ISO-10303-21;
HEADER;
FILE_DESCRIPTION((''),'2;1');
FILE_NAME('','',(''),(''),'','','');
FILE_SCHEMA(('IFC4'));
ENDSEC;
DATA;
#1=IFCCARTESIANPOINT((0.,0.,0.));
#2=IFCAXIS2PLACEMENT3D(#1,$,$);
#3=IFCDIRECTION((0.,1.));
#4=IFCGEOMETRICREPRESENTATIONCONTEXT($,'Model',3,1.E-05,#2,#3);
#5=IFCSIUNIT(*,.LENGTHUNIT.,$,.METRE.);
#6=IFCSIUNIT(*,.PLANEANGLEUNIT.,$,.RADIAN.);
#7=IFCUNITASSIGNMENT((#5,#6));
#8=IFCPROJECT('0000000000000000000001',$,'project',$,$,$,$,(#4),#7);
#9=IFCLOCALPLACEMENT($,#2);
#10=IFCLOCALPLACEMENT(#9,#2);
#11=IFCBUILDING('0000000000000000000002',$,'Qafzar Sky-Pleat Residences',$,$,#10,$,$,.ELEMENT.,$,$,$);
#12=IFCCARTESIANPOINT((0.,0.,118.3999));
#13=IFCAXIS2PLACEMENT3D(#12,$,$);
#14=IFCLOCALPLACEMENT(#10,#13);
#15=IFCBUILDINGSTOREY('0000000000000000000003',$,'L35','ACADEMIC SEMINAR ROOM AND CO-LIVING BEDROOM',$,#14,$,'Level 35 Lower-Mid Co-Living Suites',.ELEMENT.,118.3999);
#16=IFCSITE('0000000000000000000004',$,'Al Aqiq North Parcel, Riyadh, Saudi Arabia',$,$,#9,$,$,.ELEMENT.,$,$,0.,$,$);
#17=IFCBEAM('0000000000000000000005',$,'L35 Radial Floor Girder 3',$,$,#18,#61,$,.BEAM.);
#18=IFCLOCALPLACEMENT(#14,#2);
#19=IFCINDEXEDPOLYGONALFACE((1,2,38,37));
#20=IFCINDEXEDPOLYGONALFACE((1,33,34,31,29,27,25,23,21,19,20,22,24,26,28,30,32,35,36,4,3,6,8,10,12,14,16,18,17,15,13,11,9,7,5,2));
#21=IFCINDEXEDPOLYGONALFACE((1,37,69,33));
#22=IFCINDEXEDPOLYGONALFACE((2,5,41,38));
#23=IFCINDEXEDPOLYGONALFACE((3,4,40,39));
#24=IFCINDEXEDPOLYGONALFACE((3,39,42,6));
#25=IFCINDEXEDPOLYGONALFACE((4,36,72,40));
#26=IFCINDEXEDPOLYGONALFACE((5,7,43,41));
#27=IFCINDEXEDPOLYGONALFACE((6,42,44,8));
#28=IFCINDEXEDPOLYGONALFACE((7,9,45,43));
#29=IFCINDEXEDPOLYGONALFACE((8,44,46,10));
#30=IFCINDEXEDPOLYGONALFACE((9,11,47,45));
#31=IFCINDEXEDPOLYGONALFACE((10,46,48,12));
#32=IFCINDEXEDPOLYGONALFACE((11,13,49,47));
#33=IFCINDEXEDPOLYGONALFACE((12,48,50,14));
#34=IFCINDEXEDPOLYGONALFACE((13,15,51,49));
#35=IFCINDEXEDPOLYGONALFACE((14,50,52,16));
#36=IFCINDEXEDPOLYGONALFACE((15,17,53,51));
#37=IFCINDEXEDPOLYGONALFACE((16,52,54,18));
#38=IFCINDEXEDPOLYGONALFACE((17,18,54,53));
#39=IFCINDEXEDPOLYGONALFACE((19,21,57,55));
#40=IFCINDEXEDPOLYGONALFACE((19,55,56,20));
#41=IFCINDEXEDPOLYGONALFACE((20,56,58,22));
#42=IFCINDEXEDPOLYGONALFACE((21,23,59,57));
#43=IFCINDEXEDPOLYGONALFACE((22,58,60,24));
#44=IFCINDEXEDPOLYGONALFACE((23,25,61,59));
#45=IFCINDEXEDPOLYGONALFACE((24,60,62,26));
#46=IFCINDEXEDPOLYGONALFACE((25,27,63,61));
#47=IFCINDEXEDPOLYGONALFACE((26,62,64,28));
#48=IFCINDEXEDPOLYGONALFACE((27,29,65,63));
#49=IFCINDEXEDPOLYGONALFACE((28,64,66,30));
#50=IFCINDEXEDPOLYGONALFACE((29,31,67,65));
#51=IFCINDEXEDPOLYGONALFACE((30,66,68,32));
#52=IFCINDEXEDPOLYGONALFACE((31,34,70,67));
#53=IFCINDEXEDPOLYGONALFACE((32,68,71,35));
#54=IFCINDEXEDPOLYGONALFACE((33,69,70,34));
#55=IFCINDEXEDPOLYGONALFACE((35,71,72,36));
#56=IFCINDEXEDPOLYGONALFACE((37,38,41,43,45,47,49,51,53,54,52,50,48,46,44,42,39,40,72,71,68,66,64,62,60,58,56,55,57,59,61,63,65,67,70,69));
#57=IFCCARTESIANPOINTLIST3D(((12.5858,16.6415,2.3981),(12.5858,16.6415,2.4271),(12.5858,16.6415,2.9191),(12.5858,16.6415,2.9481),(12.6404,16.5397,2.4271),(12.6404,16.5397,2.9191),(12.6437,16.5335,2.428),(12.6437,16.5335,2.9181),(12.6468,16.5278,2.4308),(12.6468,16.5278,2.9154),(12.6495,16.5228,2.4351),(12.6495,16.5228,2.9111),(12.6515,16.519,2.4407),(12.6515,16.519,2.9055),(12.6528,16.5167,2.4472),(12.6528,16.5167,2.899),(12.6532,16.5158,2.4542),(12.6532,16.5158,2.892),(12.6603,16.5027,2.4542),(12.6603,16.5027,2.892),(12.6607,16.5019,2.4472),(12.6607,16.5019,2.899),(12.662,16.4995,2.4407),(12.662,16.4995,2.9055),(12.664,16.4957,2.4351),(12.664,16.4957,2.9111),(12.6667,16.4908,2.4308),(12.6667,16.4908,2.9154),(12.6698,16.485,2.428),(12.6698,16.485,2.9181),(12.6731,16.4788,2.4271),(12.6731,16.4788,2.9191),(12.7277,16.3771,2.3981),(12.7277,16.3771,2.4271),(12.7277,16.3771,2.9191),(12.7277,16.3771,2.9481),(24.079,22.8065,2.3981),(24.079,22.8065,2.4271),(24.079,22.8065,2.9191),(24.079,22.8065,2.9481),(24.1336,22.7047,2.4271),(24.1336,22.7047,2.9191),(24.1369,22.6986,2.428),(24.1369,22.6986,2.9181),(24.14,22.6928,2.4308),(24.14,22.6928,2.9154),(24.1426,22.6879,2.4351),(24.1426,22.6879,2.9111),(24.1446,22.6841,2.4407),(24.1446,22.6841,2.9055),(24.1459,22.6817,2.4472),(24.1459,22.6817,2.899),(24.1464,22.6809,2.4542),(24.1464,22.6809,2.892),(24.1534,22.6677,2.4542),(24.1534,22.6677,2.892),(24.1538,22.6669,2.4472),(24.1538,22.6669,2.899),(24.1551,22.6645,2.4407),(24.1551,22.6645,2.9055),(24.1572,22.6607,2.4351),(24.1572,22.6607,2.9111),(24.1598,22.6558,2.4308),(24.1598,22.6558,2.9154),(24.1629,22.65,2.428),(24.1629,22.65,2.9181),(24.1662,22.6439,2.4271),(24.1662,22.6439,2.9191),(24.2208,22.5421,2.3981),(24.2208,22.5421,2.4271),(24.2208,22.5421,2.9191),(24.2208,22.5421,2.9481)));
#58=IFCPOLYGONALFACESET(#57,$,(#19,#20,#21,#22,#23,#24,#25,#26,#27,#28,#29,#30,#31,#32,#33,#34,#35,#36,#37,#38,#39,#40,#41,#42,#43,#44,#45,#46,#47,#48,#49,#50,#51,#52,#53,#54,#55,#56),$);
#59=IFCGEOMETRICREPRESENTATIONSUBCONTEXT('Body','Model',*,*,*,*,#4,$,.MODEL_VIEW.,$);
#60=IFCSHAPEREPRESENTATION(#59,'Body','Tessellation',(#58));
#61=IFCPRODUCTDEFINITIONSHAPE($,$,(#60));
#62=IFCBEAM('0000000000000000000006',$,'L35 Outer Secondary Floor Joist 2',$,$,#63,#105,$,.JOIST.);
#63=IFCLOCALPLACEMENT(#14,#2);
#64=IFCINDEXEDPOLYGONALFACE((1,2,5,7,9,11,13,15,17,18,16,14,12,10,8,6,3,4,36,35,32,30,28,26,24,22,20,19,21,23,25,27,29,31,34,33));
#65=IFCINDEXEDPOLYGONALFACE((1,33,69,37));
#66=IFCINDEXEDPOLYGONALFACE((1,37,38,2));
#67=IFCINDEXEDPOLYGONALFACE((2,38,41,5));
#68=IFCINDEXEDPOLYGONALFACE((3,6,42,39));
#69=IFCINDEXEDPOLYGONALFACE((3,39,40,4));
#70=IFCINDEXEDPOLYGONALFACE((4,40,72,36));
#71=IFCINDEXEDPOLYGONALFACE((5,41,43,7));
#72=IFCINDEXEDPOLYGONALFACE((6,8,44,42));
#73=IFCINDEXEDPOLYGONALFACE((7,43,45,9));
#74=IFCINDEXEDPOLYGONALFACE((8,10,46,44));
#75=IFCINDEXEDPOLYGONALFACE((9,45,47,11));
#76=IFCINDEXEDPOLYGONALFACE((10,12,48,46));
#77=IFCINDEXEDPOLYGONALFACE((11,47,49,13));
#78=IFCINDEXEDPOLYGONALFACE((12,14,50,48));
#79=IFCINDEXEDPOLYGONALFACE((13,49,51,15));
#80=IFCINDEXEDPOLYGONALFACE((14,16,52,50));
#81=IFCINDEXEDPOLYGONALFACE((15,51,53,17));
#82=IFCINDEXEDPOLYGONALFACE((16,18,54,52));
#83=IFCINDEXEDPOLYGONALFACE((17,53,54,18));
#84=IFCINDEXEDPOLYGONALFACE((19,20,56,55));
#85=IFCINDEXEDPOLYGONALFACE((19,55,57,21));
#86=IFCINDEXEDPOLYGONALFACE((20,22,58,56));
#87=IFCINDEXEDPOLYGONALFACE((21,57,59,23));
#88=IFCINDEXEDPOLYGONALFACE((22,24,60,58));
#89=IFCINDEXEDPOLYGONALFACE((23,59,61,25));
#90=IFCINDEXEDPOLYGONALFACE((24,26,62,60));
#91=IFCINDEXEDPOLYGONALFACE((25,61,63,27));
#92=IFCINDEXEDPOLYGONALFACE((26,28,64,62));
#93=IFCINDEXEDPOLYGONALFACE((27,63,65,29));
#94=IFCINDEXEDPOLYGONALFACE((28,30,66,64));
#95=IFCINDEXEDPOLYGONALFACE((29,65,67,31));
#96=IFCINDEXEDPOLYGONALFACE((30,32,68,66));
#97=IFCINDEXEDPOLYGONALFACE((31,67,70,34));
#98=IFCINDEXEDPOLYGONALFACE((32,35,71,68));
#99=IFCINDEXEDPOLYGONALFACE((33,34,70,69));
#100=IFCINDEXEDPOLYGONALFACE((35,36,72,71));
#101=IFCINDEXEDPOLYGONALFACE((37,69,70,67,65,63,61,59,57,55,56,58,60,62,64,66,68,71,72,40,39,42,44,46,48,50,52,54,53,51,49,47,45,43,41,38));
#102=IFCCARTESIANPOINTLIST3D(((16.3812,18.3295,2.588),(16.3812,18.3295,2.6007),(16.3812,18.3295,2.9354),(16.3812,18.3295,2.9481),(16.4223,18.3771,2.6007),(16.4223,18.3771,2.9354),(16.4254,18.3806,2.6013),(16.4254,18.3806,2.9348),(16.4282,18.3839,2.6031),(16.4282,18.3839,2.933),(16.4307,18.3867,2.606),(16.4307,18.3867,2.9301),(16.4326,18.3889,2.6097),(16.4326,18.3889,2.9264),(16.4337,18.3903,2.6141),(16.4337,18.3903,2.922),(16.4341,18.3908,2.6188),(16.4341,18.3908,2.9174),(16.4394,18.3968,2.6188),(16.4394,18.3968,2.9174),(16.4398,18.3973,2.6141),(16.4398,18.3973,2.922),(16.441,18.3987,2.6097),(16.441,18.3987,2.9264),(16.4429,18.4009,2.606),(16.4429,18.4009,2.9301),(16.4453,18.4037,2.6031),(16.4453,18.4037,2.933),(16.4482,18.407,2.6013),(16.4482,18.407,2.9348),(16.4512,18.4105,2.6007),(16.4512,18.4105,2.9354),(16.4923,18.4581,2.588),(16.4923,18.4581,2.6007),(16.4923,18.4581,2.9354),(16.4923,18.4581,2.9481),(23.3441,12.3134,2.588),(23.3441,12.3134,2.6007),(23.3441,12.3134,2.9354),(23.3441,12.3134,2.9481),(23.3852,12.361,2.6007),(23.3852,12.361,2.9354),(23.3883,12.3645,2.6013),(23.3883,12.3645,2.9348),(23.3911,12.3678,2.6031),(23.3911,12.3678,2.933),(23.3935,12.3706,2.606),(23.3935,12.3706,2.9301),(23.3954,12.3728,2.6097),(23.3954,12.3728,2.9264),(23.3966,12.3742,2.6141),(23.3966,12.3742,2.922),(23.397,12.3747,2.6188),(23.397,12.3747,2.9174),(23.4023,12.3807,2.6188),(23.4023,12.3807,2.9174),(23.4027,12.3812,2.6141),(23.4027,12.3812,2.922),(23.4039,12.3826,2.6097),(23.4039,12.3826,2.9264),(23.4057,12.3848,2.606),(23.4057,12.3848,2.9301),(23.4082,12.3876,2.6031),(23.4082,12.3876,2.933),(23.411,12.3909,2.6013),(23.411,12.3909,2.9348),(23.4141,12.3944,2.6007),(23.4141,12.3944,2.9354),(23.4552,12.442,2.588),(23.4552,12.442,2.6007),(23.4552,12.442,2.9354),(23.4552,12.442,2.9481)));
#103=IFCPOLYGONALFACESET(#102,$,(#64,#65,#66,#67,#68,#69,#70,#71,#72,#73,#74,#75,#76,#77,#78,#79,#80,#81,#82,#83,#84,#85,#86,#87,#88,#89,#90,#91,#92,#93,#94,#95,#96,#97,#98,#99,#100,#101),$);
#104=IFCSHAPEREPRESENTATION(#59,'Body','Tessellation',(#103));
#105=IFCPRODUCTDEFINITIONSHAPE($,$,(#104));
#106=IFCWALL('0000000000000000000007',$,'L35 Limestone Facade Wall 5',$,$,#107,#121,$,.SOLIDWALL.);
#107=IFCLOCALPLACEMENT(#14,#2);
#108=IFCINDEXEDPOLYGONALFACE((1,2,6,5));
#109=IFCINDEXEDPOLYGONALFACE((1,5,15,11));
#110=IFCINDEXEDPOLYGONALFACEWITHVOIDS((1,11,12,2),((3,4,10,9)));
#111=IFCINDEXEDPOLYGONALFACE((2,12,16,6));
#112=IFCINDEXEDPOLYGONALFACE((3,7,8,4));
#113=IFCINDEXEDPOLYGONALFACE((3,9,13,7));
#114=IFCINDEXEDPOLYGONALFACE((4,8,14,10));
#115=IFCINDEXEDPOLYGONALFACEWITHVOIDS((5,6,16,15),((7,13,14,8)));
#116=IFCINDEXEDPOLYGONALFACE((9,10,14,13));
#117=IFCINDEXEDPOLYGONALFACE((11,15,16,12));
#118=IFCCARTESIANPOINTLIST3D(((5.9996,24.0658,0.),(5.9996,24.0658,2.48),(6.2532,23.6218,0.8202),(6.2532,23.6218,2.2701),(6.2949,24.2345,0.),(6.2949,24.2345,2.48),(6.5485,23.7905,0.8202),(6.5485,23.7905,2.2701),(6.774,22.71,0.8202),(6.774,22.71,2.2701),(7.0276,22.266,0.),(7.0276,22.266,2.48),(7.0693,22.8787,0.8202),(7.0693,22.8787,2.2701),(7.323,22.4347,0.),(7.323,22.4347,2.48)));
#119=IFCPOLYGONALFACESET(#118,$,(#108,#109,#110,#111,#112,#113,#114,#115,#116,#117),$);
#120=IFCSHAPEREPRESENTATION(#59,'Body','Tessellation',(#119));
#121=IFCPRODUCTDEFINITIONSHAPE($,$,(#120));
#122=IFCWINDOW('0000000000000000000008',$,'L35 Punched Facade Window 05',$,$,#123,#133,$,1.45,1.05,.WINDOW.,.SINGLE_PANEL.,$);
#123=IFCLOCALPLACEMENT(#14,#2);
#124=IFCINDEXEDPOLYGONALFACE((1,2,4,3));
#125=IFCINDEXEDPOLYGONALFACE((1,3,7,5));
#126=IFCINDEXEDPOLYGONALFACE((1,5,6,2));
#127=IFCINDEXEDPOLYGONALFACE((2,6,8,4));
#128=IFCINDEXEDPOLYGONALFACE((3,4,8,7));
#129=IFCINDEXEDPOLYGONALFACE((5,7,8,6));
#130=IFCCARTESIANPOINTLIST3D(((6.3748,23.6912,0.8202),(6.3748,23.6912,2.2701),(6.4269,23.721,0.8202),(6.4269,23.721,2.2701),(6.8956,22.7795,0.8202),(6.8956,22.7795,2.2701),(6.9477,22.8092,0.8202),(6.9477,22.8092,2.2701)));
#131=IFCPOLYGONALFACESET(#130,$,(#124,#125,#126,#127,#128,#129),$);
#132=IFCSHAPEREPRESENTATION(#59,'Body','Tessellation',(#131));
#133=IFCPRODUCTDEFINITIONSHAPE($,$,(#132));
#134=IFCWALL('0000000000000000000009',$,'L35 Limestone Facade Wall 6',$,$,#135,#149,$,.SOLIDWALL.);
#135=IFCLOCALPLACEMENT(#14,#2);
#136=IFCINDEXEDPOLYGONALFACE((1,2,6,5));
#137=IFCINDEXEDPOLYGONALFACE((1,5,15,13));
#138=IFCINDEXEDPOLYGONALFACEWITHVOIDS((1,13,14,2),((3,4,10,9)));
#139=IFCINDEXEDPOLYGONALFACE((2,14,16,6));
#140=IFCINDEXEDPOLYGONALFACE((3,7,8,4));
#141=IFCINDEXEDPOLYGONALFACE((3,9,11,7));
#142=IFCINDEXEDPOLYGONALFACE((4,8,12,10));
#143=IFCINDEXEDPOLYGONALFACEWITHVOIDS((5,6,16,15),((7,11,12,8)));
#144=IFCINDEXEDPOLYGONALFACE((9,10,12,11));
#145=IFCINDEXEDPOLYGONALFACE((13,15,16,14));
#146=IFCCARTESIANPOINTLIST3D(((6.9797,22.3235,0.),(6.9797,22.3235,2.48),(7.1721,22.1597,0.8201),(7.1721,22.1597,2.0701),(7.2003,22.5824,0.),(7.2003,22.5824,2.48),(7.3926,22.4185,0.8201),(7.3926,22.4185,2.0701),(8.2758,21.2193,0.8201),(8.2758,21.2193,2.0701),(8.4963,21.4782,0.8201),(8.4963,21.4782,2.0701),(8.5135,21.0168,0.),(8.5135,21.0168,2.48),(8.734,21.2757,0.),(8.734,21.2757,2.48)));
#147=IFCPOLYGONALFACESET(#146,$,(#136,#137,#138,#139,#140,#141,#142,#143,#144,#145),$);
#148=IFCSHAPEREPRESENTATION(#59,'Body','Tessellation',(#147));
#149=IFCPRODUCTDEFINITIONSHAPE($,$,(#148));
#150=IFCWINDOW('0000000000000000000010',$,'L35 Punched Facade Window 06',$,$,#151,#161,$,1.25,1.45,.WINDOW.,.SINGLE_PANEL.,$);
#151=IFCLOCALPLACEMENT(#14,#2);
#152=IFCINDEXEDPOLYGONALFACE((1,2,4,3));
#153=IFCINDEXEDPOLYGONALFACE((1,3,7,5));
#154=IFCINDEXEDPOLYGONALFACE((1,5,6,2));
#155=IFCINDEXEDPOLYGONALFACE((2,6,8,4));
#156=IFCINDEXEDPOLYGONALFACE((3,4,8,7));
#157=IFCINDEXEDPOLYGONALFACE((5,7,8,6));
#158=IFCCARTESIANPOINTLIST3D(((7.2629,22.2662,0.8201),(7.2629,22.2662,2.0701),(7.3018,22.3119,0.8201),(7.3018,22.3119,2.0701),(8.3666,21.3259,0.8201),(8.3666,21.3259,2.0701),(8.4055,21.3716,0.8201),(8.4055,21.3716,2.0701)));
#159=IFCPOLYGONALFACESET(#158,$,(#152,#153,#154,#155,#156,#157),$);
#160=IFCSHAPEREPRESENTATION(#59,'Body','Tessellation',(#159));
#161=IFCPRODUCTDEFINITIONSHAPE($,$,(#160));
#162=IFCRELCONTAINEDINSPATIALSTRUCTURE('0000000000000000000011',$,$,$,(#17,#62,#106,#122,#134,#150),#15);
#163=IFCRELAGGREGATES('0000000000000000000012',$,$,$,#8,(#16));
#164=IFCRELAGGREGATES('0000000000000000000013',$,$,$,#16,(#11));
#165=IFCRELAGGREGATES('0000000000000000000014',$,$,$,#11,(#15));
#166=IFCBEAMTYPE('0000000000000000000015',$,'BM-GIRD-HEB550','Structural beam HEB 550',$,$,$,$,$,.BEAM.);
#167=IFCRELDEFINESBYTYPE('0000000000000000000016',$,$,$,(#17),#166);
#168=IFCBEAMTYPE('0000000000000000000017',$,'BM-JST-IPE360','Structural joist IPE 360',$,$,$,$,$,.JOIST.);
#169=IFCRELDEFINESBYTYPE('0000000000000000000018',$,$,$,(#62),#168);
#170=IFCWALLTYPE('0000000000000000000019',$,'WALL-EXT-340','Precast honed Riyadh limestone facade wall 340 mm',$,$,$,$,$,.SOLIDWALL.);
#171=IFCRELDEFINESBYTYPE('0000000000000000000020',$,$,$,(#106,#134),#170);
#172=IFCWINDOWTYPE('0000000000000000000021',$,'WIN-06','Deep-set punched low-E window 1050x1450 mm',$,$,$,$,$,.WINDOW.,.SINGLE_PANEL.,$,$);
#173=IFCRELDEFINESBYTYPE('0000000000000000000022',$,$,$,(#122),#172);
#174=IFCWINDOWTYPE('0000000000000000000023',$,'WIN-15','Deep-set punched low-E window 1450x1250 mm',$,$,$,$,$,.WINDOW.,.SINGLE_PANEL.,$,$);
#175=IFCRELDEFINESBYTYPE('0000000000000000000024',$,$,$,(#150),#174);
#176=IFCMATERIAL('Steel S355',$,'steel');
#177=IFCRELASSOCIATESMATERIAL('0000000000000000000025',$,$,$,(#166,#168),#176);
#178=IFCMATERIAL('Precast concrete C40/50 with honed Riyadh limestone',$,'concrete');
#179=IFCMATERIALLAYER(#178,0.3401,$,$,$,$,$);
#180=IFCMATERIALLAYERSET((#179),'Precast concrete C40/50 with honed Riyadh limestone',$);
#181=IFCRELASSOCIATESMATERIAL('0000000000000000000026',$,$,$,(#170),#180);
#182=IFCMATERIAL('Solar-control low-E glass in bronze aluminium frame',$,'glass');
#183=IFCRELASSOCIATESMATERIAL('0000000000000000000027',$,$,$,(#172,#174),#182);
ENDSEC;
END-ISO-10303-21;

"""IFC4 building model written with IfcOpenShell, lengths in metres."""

from ifc_helpers import new_model, si_unit, direction, frame, frame_2d, origin, origin_2d, place, context, subcontext, project, spatial, rectangle, i_section, extrude, source, transform, mapped, material, layer, layer_set, material_profile, profile_set, type_object, element, fill, save


model = new_model("IFC4")

# Units and contexts
model_context = context("Model", 3, precision=1e-05, world=origin(), true_north=direction((0.0, 1.0)))
body_context = subcontext(model_context, "Body", "Model", "MODEL_VIEW")
ifc_project = project(units=[si_unit("LENGTHUNIT", "METRE"), si_unit("PLANEANGLEUNIT", "RADIAN")], contexts=[model_context])

# Site, building, storey
site_placement = place(None, origin())
site = spatial("IfcSite", under=ifc_project, at=site_placement, Name="Al Aqiq North Parcel, Riyadh, Saudi Arabia", CompositionType="ELEMENT", RefElevation=0.0)
building_placement = place(site_placement, origin())
building = spatial("IfcBuilding", under=site, at=building_placement, Name="Qafzar Sky-Pleat Residences", CompositionType="ELEMENT")
storey_placement = place(building_placement, frame((0.0, 0.0, 118.3999)))
storey = spatial("IfcBuildingStorey", under=building, at=storey_placement, Name="L35", Description="ACADEMIC SEMINAR ROOM AND CO-LIVING BEDROOM", LongName="Level 35 Lower-Mid Co-Living Suites", CompositionType="ELEMENT", Elevation=118.3999)

# Beams
ifc_material_1 = material(Name="Steel S355", Category="steel")
ifc_material_profile_1 = material_profile(ifc_material_1, i_section(OverallWidth=0.3, OverallDepth=0.55, WebThickness=0.0149, FlangeThickness=0.0291, FilletRadius=0.0271, at=origin_2d()), Name="HEB 550")
ifc_profile_set_1 = profile_set([ifc_material_profile_1], Name="Steel S355")
beam_type_1 = type_object("IfcBeamType", Name="BM-GIRD-HEB550", Description="Structural beam HEB 550", PredefinedType="BEAM", material=ifc_profile_set_1)
shared_shape_1 = source(origin(), body_context, "Body", "SweptSolid", [
    extrude(i_section(OverallWidth=0.3, OverallDepth=0.55, WebThickness=0.0149, FlangeThickness=0.0291, FilletRadius=0.0271, at=origin_2d()), origin(), (0.0, 0.0, 1.0), 13.0422),
])
beam_1_placement = place(storey_placement, frame((12.6567, 16.5093, 2.6731), z_axis=(0.881225, 0.472697, 0.0), x_axis=(-0.472697, 0.881225, 0.0)))
element("IfcBeam", 1, at=beam_1_placement, inside=storey, type_object=beam_type_1, Name="L35 Radial Floor Girder 3", PredefinedType="BEAM", context=body_context, shape_type="MappedRepresentation", body=[
    mapped(shared_shape_1, transform((0.0, 0.0, 0.0), x_axis=(1.0, 0.0, 0.0), y_axis=(0.0, 1.0, 0.0), z_axis=(0.0, 0.0, 1.0), scale=1.0)),
])
ifc_material_profile_2 = material_profile(ifc_material_1, i_section(OverallWidth=0.1699, OverallDepth=0.3601, WebThickness=0.0081, FlangeThickness=0.0127, FilletRadius=0.0181, at=origin_2d()), Name="IPE 360")
ifc_profile_set_2 = profile_set([ifc_material_profile_2], Name="Steel S355")
beam_type_2 = type_object("IfcBeamType", Name="BM-JST-IPE360", Description="Structural joist IPE 360", PredefinedType="JOIST", material=ifc_profile_set_2)
shared_shape_2 = source(origin(), body_context, "Body", "SweptSolid", [
    extrude(i_section(OverallWidth=0.1699, OverallDepth=0.3601, WebThickness=0.0081, FlangeThickness=0.0127, FilletRadius=0.0181, at=origin_2d()), origin(), (0.0, 0.0, 1.0), 9.2019),
])
beam_2_placement = place(storey_placement, frame((16.4368, 18.3938, 2.7681), z_axis=(0.756677, -0.653788, 0.0), x_axis=(0.653788, 0.756677, 0.0)))
element("IfcBeam", 2, at=beam_2_placement, inside=storey, type_object=beam_type_2, Name="L35 Outer Secondary Floor Joist 2", PredefinedType="JOIST", context=body_context, shape_type="MappedRepresentation", body=[
    mapped(shared_shape_2, transform((0.0, 0.0, 0.0), x_axis=(1.0, 0.0, 0.0), y_axis=(0.0, 1.0, 0.0), z_axis=(0.0, 0.0, 1.0), scale=1.0)),
])

# Walls, openings, windows
ifc_material_2 = material(Name="Precast concrete C40/50 with honed Riyadh limestone", Category="concrete")
ifc_layer_1 = layer(ifc_material_2, 0.3401)
ifc_layer_set_1 = layer_set([ifc_layer_1], Name="Precast concrete C40/50 with honed Riyadh limestone")
wall_type_1 = type_object("IfcWallType", Name="WALL-EXT-340", Description="Precast honed Riyadh limestone facade wall 340 mm", PredefinedType="SOLIDWALL", material=ifc_layer_set_1)
wall_1_placement = place(storey_placement, frame((6.1472, 24.1501, 0.0), z_axis=(0.0, 0.0, 1.0), x_axis=(0.495999, -0.868323, 0.0)))
wall_1 = element("IfcWall", 3, at=wall_1_placement, inside=storey, type_object=wall_type_1, Name="L35 Limestone Facade Wall 5", PredefinedType="SOLIDWALL", context=body_context, shape_type="SweptSolid", body=[
    extrude(rectangle(XDim=2.0728, YDim=0.3401, at=frame_2d((1.0364, 0.0))), origin(), (0.0, 0.0, 1.0), 2.48),
])
opening_1_placement = place(wall_1_placement, frame((0.5115, 0.0, 0.8201)))
opening_1 = element("IfcOpeningElement", 4, at=opening_1_placement, cuts=wall_1, PredefinedType="OPENING", context=body_context, shape_type="SweptSolid", body=[
    extrude(rectangle(XDim=1.05, YDim=1.45, at=frame_2d((0.5249, 0.7251))), frame((0.0, 0.1802, 0.0), z_axis=(0.0, -1.0, 0.0), x_axis=(1.0, 0.0, 0.0)), (0.0, 0.0, 1.0), 0.3601),
])
ifc_material_3 = material(Name="Solar-control low-E glass in bronze aluminium frame", Category="glass")
window_type_1 = type_object("IfcWindowType", Name="WIN-06", Description="Deep-set punched low-E window 1050x1450 mm", PartitioningType="SINGLE_PANEL", PredefinedType="WINDOW", material=ifc_material_3)
shared_shape_3 = source(origin(), body_context, "Body", "SweptSolid", [
    extrude(rectangle(XDim=1.05, YDim=1.45, at=frame_2d((0.5249, 0.7251))), frame((0.0, 0.03, 0.0), z_axis=(0.0, -1.0, 0.0), x_axis=(1.0, 0.0, 0.0)), (0.0, 0.0, 1.0), 0.0601),
])
window_1_placement = place(opening_1_placement, origin())
window_1 = element("IfcWindow", 5, at=window_1_placement, inside=storey, type_object=window_type_1, Name="L35 Punched Facade Window 05", OverallHeight=1.45, OverallWidth=1.05, PartitioningType="SINGLE_PANEL", PredefinedType="WINDOW", context=body_context, shape_type="MappedRepresentation", body=[
    mapped(shared_shape_3, transform((0.0, 0.0, 0.0), x_axis=(1.0, 0.0, 0.0), y_axis=(0.0, 1.0, 0.0), z_axis=(0.0, 0.0, 1.0), scale=1.0)),
])
fill(opening_1, window_1)
wall_2_placement = place(storey_placement, frame((7.0901, 22.4529, 0.0), z_axis=(0.0, 0.0, 1.0), x_axis=(0.761203, -0.648513, 0.0)))
wall_2 = element("IfcWall", 6, at=wall_2_placement, inside=storey, type_object=wall_type_1, Name="L35 Limestone Facade Wall 6", PredefinedType="SOLIDWALL", context=body_context, shape_type="SweptSolid", body=[
    extrude(rectangle(XDim=2.0149, YDim=0.3401, at=frame_2d((1.0073, 0.0))), origin(), (0.0, 0.0, 1.0), 2.48),
])
opening_2_placement = place(wall_2_placement, frame((0.2524, 0.0, 0.8201)))
opening_2 = element("IfcOpeningElement", 7, at=opening_2_placement, cuts=wall_2, PredefinedType="OPENING", context=body_context, shape_type="SweptSolid", body=[
    extrude(rectangle(XDim=1.45, YDim=1.25, at=frame_2d((0.7251, 0.625))), frame((0.0, 0.1802, 0.0), z_axis=(0.0, -1.0, 0.0), x_axis=(1.0, 0.0, 0.0)), (0.0, 0.0, 1.0), 0.3601),
])
window_type_2 = type_object("IfcWindowType", Name="WIN-15", Description="Deep-set punched low-E window 1450x1250 mm", PartitioningType="SINGLE_PANEL", PredefinedType="WINDOW", material=ifc_material_3)
shared_shape_4 = source(origin(), body_context, "Body", "SweptSolid", [
    extrude(rectangle(XDim=1.45, YDim=1.25, at=frame_2d((0.7251, 0.625))), frame((0.0, 0.03, 0.0), z_axis=(0.0, -1.0, 0.0), x_axis=(1.0, 0.0, 0.0)), (0.0, 0.0, 1.0), 0.0601),
])
window_2_placement = place(opening_2_placement, origin())
window_2 = element("IfcWindow", 8, at=window_2_placement, inside=storey, type_object=window_type_2, Name="L35 Punched Facade Window 06", OverallHeight=1.25, OverallWidth=1.45, PartitioningType="SINGLE_PANEL", PredefinedType="WINDOW", context=body_context, shape_type="MappedRepresentation", body=[
    mapped(shared_shape_4, transform((0.0, 0.0, 0.0), x_axis=(1.0, 0.0, 0.0), y_axis=(0.0, 1.0, 0.0), z_axis=(0.0, 0.0, 1.0), scale=1.0)),
])
fill(opening_2, window_2)

save(model, "model.ifc")
